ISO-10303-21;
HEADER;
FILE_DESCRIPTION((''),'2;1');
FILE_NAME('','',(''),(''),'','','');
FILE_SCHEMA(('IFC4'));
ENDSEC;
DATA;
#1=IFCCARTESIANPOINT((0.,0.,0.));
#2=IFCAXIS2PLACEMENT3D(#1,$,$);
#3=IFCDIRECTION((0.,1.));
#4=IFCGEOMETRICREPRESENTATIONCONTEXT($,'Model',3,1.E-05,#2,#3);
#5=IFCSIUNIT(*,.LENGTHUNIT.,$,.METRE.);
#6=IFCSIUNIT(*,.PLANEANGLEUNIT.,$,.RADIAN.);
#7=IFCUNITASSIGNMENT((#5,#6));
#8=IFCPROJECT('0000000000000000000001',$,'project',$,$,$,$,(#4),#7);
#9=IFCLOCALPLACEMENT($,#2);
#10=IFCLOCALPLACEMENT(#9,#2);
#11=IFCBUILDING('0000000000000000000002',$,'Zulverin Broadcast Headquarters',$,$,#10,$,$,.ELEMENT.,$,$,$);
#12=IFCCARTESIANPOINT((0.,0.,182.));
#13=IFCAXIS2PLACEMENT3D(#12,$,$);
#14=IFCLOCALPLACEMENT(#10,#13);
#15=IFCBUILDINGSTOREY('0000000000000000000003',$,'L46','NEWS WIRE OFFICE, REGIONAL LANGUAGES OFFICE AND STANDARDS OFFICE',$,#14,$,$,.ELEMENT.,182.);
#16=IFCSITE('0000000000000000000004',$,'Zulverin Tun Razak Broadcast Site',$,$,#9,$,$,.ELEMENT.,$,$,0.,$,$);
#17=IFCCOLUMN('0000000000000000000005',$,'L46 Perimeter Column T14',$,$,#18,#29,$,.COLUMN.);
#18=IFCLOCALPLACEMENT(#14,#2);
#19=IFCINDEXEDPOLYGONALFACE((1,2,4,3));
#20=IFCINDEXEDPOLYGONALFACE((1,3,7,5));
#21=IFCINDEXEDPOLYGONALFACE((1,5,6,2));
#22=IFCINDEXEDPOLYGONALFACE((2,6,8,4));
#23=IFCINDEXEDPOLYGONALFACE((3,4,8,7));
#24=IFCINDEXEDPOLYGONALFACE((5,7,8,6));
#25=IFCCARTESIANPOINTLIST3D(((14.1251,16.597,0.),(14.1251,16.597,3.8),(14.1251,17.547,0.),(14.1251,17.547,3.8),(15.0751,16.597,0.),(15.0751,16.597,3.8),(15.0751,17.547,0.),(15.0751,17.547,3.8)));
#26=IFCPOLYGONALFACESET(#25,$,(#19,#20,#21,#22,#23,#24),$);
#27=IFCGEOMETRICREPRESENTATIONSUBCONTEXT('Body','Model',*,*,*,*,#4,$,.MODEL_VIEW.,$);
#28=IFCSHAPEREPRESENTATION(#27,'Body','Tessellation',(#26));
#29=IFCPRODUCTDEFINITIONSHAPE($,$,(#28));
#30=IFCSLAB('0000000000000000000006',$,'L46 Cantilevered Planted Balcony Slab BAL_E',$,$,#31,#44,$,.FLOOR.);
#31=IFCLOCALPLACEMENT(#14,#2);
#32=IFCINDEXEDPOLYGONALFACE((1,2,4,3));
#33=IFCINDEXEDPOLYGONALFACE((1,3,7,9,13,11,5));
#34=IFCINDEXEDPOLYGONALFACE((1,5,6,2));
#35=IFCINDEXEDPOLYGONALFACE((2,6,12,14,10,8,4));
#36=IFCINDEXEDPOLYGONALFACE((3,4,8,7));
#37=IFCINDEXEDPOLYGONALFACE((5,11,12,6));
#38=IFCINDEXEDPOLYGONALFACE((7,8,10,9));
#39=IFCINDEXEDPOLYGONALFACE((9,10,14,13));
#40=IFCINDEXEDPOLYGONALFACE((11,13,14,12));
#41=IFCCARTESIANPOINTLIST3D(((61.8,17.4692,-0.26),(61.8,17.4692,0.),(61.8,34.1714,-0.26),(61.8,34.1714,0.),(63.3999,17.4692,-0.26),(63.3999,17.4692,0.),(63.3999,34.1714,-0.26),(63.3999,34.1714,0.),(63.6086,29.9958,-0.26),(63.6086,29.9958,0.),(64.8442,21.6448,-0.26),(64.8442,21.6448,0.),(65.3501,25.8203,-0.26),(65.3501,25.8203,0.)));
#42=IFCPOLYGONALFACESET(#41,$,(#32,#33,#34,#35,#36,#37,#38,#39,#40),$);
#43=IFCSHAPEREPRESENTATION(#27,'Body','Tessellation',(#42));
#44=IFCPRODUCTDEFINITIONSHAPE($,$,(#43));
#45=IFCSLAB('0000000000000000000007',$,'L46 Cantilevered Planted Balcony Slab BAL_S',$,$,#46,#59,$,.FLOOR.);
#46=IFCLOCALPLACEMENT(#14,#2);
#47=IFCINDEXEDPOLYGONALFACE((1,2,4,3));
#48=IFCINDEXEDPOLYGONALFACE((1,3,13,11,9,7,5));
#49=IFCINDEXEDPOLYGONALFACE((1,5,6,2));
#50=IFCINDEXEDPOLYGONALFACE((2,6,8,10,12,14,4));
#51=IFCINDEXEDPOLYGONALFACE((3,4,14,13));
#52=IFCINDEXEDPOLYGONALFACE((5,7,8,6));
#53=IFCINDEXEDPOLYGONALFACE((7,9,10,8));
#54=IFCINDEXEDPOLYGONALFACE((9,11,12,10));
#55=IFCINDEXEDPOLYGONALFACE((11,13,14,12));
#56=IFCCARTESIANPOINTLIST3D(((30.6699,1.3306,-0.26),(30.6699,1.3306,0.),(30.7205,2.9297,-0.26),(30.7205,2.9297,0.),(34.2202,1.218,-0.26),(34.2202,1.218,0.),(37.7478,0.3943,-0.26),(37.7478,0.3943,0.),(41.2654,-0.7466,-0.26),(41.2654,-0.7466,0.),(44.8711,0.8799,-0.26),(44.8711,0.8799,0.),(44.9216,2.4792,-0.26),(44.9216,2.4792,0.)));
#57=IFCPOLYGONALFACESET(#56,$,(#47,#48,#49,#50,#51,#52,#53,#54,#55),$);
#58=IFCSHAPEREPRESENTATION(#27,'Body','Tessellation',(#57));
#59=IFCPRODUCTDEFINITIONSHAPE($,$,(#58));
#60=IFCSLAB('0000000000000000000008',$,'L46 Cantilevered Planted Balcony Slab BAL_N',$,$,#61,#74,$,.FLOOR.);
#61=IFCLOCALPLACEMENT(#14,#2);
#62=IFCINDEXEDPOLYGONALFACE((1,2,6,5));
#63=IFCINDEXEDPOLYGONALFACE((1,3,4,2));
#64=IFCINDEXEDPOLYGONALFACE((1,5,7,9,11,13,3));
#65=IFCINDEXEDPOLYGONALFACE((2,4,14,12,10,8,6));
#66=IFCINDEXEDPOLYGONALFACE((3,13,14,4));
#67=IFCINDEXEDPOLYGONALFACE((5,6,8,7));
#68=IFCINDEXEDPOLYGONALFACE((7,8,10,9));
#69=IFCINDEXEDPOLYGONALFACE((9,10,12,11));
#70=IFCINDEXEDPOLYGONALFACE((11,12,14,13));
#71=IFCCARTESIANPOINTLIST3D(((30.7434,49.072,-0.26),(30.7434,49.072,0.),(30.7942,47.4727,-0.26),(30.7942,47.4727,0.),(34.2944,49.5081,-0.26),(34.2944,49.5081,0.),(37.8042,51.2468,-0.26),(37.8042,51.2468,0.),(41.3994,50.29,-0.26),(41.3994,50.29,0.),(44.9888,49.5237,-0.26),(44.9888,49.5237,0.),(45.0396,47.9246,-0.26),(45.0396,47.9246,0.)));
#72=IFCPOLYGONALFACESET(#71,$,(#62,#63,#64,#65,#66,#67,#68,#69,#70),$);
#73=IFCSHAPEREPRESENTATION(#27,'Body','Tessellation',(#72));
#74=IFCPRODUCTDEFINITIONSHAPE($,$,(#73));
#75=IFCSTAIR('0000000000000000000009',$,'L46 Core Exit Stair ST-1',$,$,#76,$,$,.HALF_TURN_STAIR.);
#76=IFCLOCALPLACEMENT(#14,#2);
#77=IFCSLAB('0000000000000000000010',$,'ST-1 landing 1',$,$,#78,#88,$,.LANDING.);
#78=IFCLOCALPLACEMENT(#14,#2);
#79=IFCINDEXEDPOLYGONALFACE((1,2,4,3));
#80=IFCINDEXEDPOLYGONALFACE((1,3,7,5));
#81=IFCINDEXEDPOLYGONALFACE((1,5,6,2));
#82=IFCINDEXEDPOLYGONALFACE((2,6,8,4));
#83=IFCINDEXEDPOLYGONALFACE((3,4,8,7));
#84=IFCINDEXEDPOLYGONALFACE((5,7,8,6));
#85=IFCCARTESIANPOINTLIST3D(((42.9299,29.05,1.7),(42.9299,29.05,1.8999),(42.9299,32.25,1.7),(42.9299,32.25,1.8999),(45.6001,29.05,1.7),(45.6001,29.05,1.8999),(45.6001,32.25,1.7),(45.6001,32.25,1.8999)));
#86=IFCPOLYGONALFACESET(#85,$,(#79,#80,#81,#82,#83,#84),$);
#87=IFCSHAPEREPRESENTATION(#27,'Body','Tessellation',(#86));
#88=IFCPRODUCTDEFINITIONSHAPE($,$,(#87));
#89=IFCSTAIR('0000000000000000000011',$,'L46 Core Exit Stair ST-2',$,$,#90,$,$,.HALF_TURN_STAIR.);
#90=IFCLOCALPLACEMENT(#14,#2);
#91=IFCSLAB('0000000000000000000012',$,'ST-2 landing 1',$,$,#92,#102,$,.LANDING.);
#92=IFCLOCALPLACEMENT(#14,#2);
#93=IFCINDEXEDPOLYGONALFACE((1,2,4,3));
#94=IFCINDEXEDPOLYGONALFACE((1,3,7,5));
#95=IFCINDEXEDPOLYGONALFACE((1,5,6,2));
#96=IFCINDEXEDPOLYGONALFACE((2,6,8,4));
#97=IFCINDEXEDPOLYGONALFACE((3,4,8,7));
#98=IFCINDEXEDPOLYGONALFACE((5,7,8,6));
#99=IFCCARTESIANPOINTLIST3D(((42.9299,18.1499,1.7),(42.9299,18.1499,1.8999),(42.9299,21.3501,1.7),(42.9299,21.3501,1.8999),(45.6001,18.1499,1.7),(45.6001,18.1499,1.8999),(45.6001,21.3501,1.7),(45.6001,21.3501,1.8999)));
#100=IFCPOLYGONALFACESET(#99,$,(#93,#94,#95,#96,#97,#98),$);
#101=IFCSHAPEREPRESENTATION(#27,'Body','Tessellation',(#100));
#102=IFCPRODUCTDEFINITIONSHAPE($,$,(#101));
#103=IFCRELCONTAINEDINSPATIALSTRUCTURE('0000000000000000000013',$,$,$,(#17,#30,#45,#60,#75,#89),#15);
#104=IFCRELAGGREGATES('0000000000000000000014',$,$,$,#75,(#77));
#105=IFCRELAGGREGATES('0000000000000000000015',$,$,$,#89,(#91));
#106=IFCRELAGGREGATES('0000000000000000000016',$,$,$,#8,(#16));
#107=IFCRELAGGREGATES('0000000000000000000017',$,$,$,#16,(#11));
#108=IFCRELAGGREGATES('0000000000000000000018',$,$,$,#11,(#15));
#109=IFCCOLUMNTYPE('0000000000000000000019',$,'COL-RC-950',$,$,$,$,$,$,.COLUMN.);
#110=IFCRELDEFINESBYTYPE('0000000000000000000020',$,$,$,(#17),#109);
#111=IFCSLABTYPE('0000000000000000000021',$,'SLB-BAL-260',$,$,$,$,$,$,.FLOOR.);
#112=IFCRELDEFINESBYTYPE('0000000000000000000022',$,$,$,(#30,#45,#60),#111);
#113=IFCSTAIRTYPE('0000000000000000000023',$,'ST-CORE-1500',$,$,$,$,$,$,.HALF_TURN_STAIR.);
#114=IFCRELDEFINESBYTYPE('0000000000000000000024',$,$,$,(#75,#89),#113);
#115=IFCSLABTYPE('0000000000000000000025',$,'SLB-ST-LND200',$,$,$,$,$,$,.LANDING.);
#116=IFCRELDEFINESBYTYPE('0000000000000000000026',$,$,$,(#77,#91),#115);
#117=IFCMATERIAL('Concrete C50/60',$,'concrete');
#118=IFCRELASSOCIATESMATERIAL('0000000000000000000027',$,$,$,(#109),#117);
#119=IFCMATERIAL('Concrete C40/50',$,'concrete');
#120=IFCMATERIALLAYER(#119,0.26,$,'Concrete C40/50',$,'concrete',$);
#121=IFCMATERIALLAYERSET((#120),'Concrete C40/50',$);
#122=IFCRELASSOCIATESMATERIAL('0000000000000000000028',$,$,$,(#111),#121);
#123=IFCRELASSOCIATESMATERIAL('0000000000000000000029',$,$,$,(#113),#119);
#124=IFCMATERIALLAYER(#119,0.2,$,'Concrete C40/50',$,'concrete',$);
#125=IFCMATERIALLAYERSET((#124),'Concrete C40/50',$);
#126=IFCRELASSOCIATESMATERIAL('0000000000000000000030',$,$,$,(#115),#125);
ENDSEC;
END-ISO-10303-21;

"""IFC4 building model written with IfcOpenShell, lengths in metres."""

from ifc_helpers import new_model, si_unit, direction, frame, origin, origin_2d, place, context, subcontext, project, spatial, polyline, rectangle, outline, extrude, material, layer, layer_set, material_profile, profile_set, type_object, element, aggregate, save


model = new_model("IFC4")

# Units and contexts
model_context = context("Model", 3, precision=1e-05, world=origin(), true_north=direction((0.0, 1.0)))
body_context = subcontext(model_context, "Body", "Model", "MODEL_VIEW")
ifc_project = project(units=[si_unit("LENGTHUNIT", "METRE"), si_unit("PLANEANGLEUNIT", "RADIAN")], contexts=[model_context])

# Site, building, storey
site_placement = place(None, origin())
site = spatial("IfcSite", under=ifc_project, at=site_placement, Name="Zulverin Tun Razak Broadcast Site", CompositionType="ELEMENT", RefElevation=0.0)
building_placement = place(site_placement, origin())
building = spatial("IfcBuilding", under=site, at=building_placement, Name="Zulverin Broadcast Headquarters", CompositionType="ELEMENT")
storey_placement = place(building_placement, frame((0.0, 0.0, 182.0)))
storey = spatial("IfcBuildingStorey", under=building, at=storey_placement, Name="L46", Description="NEWS WIRE OFFICE, REGIONAL LANGUAGES OFFICE AND STANDARDS OFFICE", CompositionType="ELEMENT", Elevation=182.0)

# Column
ifc_material_1 = material(Name="Concrete C50/60", Category="concrete")
ifc_material_profile = material_profile(ifc_material_1, rectangle(XDim=0.95, YDim=0.95, at=origin_2d()), Name="Concrete C50/60", Category="concrete")
ifc_profile_set = profile_set([ifc_material_profile], Name="Concrete C50/60")
column_type = type_object("IfcColumnType", Name="COL-RC-950", PredefinedType="COLUMN", material=ifc_profile_set)
column_placement = place(storey_placement, frame((14.6001, 17.072, 0.0), z_axis=(0.0, 0.0, 1.0), x_axis=(1.0, 0.0, 0.0)))
element("IfcColumn", 1, at=column_placement, inside=storey, type_object=column_type, Name="L46 Perimeter Column T14", PredefinedType="COLUMN", context=body_context, shape_type="SweptSolid", body=[
    extrude(rectangle(XDim=0.95, YDim=0.95, at=origin_2d()), origin(), (0.0, 0.0, 1.0), 3.8),
])

# Slabs
ifc_material_2 = material(Name="Concrete C40/50", Category="concrete")
ifc_layer_1 = layer(ifc_material_2, 0.26, Name="Concrete C40/50", Category="concrete")
ifc_layer_set_1 = layer_set([ifc_layer_1], Name="Concrete C40/50")
slab_type_1 = type_object("IfcSlabType", Name="SLB-BAL-260", PredefinedType="FLOOR", material=ifc_layer_set_1)
slab_1_placement = place(storey_placement, frame((0.0, 0.0, -0.26)))
element("IfcSlab", 2, at=slab_1_placement, inside=storey, type_object=slab_type_1, Name="L46 Cantilevered Planted Balcony Slab BAL_E", PredefinedType="FLOOR", context=body_context, shape_type="SweptSolid", body=[
    extrude(outline(polyline([(61.8, 34.1714), (61.8, 17.4692), (63.3999, 17.4692), (64.8442, 21.6448), (65.3501, 25.8203), (63.6086, 29.9958), (63.3999, 34.1714), (61.8, 34.1714)])), origin(), (0.0, 0.0, 1.0), 0.26),
])
slab_2_placement = place(storey_placement, frame((0.0, 0.0, -0.26)))
element("IfcSlab", 3, at=slab_2_placement, inside=storey, type_object=slab_type_1, Name="L46 Cantilevered Planted Balcony Slab BAL_S", PredefinedType="FLOOR", context=body_context, shape_type="SweptSolid", body=[
    extrude(outline(polyline([(44.9216, 2.4792), (30.7205, 2.9297), (30.6699, 1.3306), (34.2202, 1.218), (37.7478, 0.3943), (41.2654, -0.7466), (44.8711, 0.8799), (44.9216, 2.4792)])), origin(), (0.0, 0.0, 1.0), 0.26),
])
slab_3_placement = place(storey_placement, frame((0.0, 0.0, -0.26)))
element("IfcSlab", 4, at=slab_3_placement, inside=storey, type_object=slab_type_1, Name="L46 Cantilevered Planted Balcony Slab BAL_N", PredefinedType="FLOOR", context=body_context, shape_type="SweptSolid", body=[
    extrude(outline(polyline([(30.7942, 47.4727), (45.0396, 47.9246), (44.9888, 49.5237), (41.3994, 50.29), (37.8042, 51.2468), (34.2944, 49.5081), (30.7434, 49.072), (30.7942, 47.4727)])), origin(), (0.0, 0.0, 1.0), 0.26),
])

# Stairs, slabs
stair_type = type_object("IfcStairType", Name="ST-CORE-1500", PredefinedType="HALF_TURN_STAIR", material=ifc_material_2)
stair_1_placement = place(storey_placement, origin())
stair_1 = element("IfcStair", 5, at=stair_1_placement, inside=storey, type_object=stair_type, Name="L46 Core Exit Stair ST-1", PredefinedType="HALF_TURN_STAIR")
ifc_layer_2 = layer(ifc_material_2, 0.2, Name="Concrete C40/50", Category="concrete")
ifc_layer_set_2 = layer_set([ifc_layer_2], Name="Concrete C40/50")
slab_type_2 = type_object("IfcSlabType", Name="SLB-ST-LND200", PredefinedType="LANDING", material=ifc_layer_set_2)
slab_4_placement = place(storey_placement, frame((0.0, 0.0, 1.7)))
slab_4 = element("IfcSlab", 6, at=slab_4_placement, type_object=slab_type_2, Name="ST-1 landing 1", PredefinedType="LANDING", context=body_context, shape_type="SweptSolid", body=[
    extrude(outline(polyline([(42.9299, 29.05), (45.6001, 29.05), (45.6001, 32.25), (42.9299, 32.25), (42.9299, 29.05)])), origin(), (0.0, 0.0, 1.0), 0.2),
])
aggregate(stair_1, [slab_4])
stair_2_placement = place(storey_placement, origin())
stair_2 = element("IfcStair", 7, at=stair_2_placement, inside=storey, type_object=stair_type, Name="L46 Core Exit Stair ST-2", PredefinedType="HALF_TURN_STAIR")
slab_5_placement = place(storey_placement, frame((0.0, 0.0, 1.7)))
slab_5 = element("IfcSlab", 8, at=slab_5_placement, type_object=slab_type_2, Name="ST-2 landing 1", PredefinedType="LANDING", context=body_context, shape_type="SweptSolid", body=[
    extrude(outline(polyline([(42.9299, 18.1499), (45.6001, 18.1499), (45.6001, 21.3501), (42.9299, 21.3501), (42.9299, 18.1499)])), origin(), (0.0, 0.0, 1.0), 0.2),
])
aggregate(stair_2, [slab_5])

save(model, "model.ifc")
